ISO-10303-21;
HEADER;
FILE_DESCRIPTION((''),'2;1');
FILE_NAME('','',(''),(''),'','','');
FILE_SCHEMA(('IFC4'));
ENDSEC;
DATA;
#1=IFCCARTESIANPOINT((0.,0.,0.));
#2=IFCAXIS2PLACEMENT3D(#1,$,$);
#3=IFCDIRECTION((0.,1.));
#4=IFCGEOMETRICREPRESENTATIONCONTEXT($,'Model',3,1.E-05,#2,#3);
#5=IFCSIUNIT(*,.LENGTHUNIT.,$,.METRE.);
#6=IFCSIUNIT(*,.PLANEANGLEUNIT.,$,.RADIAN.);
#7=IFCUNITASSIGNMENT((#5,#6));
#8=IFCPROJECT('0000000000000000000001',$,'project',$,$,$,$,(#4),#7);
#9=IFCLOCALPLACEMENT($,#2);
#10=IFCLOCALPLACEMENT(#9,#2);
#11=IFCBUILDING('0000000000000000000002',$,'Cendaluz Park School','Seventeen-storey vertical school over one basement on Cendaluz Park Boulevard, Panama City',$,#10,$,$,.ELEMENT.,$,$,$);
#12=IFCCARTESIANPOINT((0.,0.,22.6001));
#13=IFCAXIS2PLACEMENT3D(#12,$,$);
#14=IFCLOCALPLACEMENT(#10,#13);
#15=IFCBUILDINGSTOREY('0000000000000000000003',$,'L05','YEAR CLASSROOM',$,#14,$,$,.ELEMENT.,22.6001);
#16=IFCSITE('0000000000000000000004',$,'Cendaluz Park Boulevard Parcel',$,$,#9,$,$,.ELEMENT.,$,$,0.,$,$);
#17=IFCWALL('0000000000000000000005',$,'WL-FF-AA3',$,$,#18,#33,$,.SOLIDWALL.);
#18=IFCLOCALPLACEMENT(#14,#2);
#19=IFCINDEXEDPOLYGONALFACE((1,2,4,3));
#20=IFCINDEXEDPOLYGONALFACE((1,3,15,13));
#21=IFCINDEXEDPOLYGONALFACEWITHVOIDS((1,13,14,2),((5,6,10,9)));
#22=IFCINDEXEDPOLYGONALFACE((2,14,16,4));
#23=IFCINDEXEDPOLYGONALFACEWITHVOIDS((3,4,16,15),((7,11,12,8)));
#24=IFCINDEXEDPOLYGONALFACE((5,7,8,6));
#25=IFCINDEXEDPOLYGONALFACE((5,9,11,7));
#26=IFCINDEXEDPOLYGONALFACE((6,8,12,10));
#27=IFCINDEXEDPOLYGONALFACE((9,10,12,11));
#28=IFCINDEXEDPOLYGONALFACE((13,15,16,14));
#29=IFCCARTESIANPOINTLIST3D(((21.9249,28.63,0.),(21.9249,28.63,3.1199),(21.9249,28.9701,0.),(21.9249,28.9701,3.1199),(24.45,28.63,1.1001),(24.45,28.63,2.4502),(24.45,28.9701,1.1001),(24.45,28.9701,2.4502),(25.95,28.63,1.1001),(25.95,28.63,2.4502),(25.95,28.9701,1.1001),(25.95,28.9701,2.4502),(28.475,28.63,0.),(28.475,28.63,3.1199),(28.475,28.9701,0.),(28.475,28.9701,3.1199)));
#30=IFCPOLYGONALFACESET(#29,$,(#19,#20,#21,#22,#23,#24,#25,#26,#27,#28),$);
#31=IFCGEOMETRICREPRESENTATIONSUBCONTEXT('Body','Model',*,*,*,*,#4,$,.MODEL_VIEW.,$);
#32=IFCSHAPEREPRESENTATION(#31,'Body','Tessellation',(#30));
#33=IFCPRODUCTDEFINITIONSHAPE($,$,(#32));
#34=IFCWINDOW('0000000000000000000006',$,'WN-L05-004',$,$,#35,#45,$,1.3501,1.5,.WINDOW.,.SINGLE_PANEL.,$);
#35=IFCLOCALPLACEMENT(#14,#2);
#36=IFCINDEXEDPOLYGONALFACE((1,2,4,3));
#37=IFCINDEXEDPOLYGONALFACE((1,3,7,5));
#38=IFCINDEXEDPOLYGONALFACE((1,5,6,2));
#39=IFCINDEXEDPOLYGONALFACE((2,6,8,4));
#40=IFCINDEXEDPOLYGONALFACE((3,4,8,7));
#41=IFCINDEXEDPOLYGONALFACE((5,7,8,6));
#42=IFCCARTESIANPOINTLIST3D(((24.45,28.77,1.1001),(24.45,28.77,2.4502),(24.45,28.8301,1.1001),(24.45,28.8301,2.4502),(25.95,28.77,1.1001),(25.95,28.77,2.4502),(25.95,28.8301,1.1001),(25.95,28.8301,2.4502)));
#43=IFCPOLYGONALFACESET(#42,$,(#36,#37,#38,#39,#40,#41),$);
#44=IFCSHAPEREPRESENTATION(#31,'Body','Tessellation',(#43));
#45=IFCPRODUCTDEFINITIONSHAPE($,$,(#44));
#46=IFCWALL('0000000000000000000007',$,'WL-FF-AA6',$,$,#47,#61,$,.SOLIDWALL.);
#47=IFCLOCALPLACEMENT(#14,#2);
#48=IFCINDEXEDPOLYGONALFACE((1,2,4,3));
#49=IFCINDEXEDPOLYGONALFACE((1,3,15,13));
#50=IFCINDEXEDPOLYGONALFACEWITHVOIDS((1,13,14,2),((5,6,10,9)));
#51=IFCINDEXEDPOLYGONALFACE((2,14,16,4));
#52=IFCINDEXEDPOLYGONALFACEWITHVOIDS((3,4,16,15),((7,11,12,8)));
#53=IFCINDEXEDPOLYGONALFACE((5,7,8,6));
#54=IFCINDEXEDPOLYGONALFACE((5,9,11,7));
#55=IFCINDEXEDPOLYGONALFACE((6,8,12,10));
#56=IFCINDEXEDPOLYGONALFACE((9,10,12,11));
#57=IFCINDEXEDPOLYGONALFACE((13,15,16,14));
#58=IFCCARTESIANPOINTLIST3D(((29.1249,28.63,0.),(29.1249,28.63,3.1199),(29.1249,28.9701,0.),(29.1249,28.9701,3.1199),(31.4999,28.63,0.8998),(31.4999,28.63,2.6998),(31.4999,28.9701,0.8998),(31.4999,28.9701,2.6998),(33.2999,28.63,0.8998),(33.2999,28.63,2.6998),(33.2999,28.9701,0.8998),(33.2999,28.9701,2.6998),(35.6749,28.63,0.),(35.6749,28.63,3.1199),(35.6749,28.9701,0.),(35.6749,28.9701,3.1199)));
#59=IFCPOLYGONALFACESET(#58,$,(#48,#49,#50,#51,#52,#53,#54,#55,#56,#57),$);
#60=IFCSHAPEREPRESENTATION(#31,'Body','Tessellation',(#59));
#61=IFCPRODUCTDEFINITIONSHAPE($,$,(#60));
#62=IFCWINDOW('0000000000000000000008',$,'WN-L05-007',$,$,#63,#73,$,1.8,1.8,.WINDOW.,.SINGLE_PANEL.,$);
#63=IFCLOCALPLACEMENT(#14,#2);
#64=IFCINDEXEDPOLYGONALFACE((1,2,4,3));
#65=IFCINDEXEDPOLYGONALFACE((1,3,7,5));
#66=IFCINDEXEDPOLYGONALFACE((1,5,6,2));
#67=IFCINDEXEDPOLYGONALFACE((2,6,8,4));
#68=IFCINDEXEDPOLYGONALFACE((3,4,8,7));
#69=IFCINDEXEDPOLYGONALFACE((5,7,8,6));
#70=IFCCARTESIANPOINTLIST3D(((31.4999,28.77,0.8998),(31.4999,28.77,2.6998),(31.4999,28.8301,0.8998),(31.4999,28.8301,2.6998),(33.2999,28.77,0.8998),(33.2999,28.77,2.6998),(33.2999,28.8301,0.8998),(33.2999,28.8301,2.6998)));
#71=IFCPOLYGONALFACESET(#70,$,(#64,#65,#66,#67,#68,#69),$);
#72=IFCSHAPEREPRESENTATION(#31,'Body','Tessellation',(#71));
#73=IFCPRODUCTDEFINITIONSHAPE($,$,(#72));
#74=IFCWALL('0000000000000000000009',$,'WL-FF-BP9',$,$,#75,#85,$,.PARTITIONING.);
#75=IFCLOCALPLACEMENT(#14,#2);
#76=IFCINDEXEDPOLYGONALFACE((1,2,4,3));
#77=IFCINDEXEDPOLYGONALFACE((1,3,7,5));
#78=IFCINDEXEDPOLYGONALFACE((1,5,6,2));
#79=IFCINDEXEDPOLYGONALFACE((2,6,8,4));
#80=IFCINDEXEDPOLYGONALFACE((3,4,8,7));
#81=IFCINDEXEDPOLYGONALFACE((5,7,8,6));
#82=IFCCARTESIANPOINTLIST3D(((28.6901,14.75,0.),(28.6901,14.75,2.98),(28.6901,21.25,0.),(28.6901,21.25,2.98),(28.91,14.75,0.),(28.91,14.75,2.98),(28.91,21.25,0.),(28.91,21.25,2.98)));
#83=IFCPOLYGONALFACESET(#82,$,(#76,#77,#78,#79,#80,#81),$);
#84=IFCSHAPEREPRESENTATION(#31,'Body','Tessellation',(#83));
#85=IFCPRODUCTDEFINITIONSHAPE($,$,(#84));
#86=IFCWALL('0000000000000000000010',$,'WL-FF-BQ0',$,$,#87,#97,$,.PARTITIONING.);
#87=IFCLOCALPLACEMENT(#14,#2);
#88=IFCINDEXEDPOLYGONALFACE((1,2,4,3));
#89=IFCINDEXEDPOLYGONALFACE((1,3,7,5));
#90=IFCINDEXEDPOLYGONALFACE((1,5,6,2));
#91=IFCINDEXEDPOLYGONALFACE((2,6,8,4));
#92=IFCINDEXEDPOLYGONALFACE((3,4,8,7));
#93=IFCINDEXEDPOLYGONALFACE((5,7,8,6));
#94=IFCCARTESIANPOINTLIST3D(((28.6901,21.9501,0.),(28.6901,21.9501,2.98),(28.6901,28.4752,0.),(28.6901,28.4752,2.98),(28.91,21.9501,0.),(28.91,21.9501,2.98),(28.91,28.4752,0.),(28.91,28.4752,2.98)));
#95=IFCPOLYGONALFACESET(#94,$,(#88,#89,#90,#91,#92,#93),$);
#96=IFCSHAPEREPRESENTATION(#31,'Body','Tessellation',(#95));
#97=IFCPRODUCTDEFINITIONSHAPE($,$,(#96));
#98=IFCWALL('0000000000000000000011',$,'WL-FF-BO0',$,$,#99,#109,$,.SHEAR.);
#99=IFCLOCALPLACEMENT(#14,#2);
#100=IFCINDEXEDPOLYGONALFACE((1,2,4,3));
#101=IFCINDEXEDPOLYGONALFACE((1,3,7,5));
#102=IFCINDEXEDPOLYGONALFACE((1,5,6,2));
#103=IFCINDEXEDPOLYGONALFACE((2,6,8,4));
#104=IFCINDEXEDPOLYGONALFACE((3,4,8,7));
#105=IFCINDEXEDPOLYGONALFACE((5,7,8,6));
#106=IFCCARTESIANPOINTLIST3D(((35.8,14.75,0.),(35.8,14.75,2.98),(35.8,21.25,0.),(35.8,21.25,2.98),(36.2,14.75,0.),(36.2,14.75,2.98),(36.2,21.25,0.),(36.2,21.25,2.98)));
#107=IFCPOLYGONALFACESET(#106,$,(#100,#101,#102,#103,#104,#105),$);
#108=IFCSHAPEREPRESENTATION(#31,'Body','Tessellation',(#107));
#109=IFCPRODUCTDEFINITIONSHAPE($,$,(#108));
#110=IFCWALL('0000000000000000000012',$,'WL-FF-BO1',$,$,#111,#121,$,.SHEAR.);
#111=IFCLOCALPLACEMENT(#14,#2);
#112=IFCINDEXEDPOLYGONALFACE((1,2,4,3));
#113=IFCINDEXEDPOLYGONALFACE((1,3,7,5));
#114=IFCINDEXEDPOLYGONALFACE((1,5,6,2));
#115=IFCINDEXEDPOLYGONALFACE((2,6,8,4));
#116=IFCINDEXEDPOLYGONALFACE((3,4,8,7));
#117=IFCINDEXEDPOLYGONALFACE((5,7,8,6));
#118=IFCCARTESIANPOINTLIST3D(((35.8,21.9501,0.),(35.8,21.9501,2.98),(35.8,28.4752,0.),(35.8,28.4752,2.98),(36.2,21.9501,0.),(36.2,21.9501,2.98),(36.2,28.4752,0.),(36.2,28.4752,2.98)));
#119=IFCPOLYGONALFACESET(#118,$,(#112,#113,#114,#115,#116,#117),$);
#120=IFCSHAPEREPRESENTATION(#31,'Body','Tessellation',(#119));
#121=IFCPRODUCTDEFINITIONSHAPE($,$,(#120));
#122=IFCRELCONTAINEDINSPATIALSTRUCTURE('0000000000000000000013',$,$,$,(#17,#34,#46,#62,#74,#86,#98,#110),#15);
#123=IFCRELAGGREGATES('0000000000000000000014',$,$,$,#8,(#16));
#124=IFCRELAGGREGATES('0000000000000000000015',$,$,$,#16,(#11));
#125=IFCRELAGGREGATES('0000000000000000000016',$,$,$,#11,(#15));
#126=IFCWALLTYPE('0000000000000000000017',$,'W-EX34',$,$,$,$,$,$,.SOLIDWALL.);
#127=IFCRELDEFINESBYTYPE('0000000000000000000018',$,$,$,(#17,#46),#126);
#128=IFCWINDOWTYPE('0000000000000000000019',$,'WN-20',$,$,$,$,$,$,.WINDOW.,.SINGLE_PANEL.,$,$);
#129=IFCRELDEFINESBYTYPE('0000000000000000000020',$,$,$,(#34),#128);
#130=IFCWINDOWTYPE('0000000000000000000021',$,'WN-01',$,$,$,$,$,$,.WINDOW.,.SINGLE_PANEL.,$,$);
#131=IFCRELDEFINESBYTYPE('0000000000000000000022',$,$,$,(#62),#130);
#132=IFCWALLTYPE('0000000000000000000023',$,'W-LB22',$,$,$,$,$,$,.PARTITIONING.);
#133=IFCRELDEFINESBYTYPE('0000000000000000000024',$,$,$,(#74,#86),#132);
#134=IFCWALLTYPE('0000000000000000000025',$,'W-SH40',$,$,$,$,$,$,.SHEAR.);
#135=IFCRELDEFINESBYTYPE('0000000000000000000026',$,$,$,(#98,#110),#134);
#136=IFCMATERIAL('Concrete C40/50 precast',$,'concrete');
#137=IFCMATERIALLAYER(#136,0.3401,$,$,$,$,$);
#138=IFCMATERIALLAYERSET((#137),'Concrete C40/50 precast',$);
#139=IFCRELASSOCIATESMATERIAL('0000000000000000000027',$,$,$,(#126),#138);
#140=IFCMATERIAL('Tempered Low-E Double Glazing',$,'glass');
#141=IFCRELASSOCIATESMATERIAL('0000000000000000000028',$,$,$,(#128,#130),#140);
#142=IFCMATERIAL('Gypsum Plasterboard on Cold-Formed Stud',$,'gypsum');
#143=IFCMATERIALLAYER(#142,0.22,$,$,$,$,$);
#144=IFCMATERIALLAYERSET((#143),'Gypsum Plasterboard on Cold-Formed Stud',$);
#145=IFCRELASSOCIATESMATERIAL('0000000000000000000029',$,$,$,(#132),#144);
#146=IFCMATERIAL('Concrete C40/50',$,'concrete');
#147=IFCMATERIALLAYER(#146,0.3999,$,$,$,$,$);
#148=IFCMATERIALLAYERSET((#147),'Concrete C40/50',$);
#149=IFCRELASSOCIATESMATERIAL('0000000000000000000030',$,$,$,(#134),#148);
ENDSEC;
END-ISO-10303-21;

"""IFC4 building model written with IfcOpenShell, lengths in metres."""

from ifc_helpers import new_model, si_unit, direction, frame, frame_2d, origin, place, context, subcontext, project, spatial, rectangle, extrude, material, layer, layer_set, type_object, element, fill, save


model = new_model("IFC4")

# Units and contexts
model_context = context("Model", 3, precision=1e-05, world=origin(), true_north=direction((0.0, 1.0)))
body_context = subcontext(model_context, "Body", "Model", "MODEL_VIEW")
ifc_project = project(units=[si_unit("LENGTHUNIT", "METRE"), si_unit("PLANEANGLEUNIT", "RADIAN")], contexts=[model_context])

# Site, building, storey
site_placement = place(None, origin())
site = spatial("IfcSite", under=ifc_project, at=site_placement, Name="Cendaluz Park Boulevard Parcel", CompositionType="ELEMENT", RefElevation=0.0)
building_placement = place(site_placement, origin())
building = spatial("IfcBuilding", under=site, at=building_placement, Name="Cendaluz Park School", Description="Seventeen-storey vertical school over one basement on Cendaluz Park Boulevard, Panama City", CompositionType="ELEMENT")
storey_placement = place(building_placement, frame((0.0, 0.0, 22.6001)))
storey = spatial("IfcBuildingStorey", under=building, at=storey_placement, Name="L05", Description="YEAR CLASSROOM", CompositionType="ELEMENT", Elevation=22.6001)

# Shared definitions
ifc_material_1 = material(Name="Concrete C40/50", Category="concrete")

# Walls, openings, windows
ifc_material_2 = material(Name="Concrete C40/50 precast", Category="concrete")
ifc_layer_1 = layer(ifc_material_2, 0.3401)
ifc_layer_set_1 = layer_set([ifc_layer_1], Name="Concrete C40/50 precast")
wall_type_1 = type_object("IfcWallType", Name="W-EX34", PredefinedType="SOLIDWALL", material=ifc_layer_set_1)
wall_1_placement = place(storey_placement, frame((21.925, 28.8, 0.0), z_axis=(0.0, 0.0, 1.0), x_axis=(1.0, 0.0, 0.0)))
wall_1 = element("IfcWall", 1, at=wall_1_placement, inside=storey, type_object=wall_type_1, Name="WL-FF-AA3", PredefinedType="SOLIDWALL", context=body_context, shape_type="SweptSolid", body=[
    extrude(rectangle(XDim=6.55, YDim=0.3401, at=frame_2d((3.2749, 0.0))), origin(), (0.0, 0.0, 1.0), 3.1199),
])
opening_1_placement = place(wall_1_placement, frame((2.5249, 0.0, 1.1001)))
opening_1 = element("IfcOpeningElement", 2, at=opening_1_placement, cuts=wall_1, PredefinedType="OPENING", context=body_context, shape_type="SweptSolid", body=[
    extrude(rectangle(XDim=1.5, YDim=1.3501, at=frame_2d((0.75, 0.675))), frame((0.0, 0.1821, 0.0), z_axis=(0.0, -1.0, 0.0), x_axis=(1.0, 0.0, 0.0)), (0.0, 0.0, 1.0), 0.364),
])
ifc_material_3 = material(Name="Tempered Low-E Double Glazing", Category="glass")
window_type_1 = type_object("IfcWindowType", Name="WN-20", PartitioningType="SINGLE_PANEL", PredefinedType="WINDOW", material=ifc_material_3)
window_1_placement = place(opening_1_placement, origin())
window_1 = element("IfcWindow", 3, at=window_1_placement, inside=storey, type_object=window_type_1, Name="WN-L05-004", OverallHeight=1.3501, OverallWidth=1.5, PartitioningType="SINGLE_PANEL", PredefinedType="WINDOW", context=body_context, shape_type="SweptSolid", body=[
    extrude(rectangle(XDim=1.5, YDim=1.3501, at=frame_2d((0.75, 0.675))), frame((0.0, 0.03, 0.0), z_axis=(0.0, -1.0, 0.0), x_axis=(1.0, 0.0, 0.0)), (0.0, 0.0, 1.0), 0.0601),
])
fill(opening_1, window_1)
wall_2_placement = place(storey_placement, frame((29.125, 28.8, 0.0), z_axis=(0.0, 0.0, 1.0), x_axis=(1.0, 0.0, 0.0)))
wall_2 = element("IfcWall", 4, at=wall_2_placement, inside=storey, type_object=wall_type_1, Name="WL-FF-AA6", PredefinedType="SOLIDWALL", context=body_context, shape_type="SweptSolid", body=[
    extrude(rectangle(XDim=6.55, YDim=0.3401, at=frame_2d((3.2749, 0.0))), origin(), (0.0, 0.0, 1.0), 3.1199),
])
opening_2_placement = place(wall_2_placement, frame((2.375, 0.0, 0.8999)))
opening_2 = element("IfcOpeningElement", 5, at=opening_2_placement, cuts=wall_2, PredefinedType="OPENING", context=body_context, shape_type="SweptSolid", body=[
    extrude(rectangle(XDim=1.8, YDim=1.8, at=frame_2d((0.8999, 0.8999))), frame((0.0, 0.1821, 0.0), z_axis=(0.0, -1.0, 0.0), x_axis=(1.0, 0.0, 0.0)), (0.0, 0.0, 1.0), 0.364),
])
window_type_2 = type_object("IfcWindowType", Name="WN-01", PartitioningType="SINGLE_PANEL", PredefinedType="WINDOW", material=ifc_material_3)
window_2_placement = place(opening_2_placement, origin())
window_2 = element("IfcWindow", 6, at=window_2_placement, inside=storey, type_object=window_type_2, Name="WN-L05-007", OverallHeight=1.8, OverallWidth=1.8, PartitioningType="SINGLE_PANEL", PredefinedType="WINDOW", context=body_context, shape_type="SweptSolid", body=[
    extrude(rectangle(XDim=1.8, YDim=1.8, at=frame_2d((0.8999, 0.8999))), frame((0.0, 0.03, 0.0), z_axis=(0.0, -1.0, 0.0), x_axis=(1.0, 0.0, 0.0)), (0.0, 0.0, 1.0), 0.0601),
])
fill(opening_2, window_2)

# Walls
ifc_material_4 = material(Name="Gypsum Plasterboard on Cold-Formed Stud", Category="gypsum")
ifc_layer_2 = layer(ifc_material_4, 0.22)
ifc_layer_set_2 = layer_set([ifc_layer_2], Name="Gypsum Plasterboard on Cold-Formed Stud")
wall_type_2 = type_object("IfcWallType", Name="W-LB22", PredefinedType="PARTITIONING", material=ifc_layer_set_2)
wall_3_placement = place(storey_placement, frame((28.8, 14.75, 0.0), z_axis=(0.0, 0.0, 1.0), x_axis=(0.0, 1.0, 0.0)))
element("IfcWall", 7, at=wall_3_placement, inside=storey, type_object=wall_type_2, Name="WL-FF-BP9", PredefinedType="PARTITIONING", context=body_context, shape_type="SweptSolid", body=[
    extrude(rectangle(XDim=6.5, YDim=0.22, at=frame_2d((3.25, 0.0))), origin(), (0.0, 0.0, 1.0), 2.98),
])
wall_4_placement = place(storey_placement, frame((28.8, 21.95, 0.0), z_axis=(0.0, 0.0, 1.0), x_axis=(0.0, 1.0, 0.0)))
element("IfcWall", 8, at=wall_4_placement, inside=storey, type_object=wall_type_2, Name="WL-FF-BQ0", PredefinedType="PARTITIONING", context=body_context, shape_type="SweptSolid", body=[
    extrude(rectangle(XDim=6.5251, YDim=0.22, at=frame_2d((3.2627, 0.0))), origin(), (0.0, 0.0, 1.0), 2.98),
])
ifc_layer_3 = layer(ifc_material_1, 0.3999)
ifc_layer_set_3 = layer_set([ifc_layer_3], Name="Concrete C40/50")
wall_type_3 = type_object("IfcWallType", Name="W-SH40", PredefinedType="SHEAR", material=ifc_layer_set_3)
wall_5_placement = place(storey_placement, frame((36.0, 14.75, 0.0), z_axis=(0.0, 0.0, 1.0), x_axis=(0.0, 1.0, 0.0)))
element("IfcWall", 9, at=wall_5_placement, inside=storey, type_object=wall_type_3, Name="WL-FF-BO0", PredefinedType="SHEAR", context=body_context, shape_type="SweptSolid", body=[
    extrude(rectangle(XDim=6.5, YDim=0.3999, at=frame_2d((3.25, 0.0))), origin(), (0.0, 0.0, 1.0), 2.98),
])
wall_6_placement = place(storey_placement, frame((36.0, 21.95, 0.0), z_axis=(0.0, 0.0, 1.0), x_axis=(0.0, 1.0, 0.0)))
element("IfcWall", 10, at=wall_6_placement, inside=storey, type_object=wall_type_3, Name="WL-FF-BO1", PredefinedType="SHEAR", context=body_context, shape_type="SweptSolid", body=[
    extrude(rectangle(XDim=6.5251, YDim=0.3999, at=frame_2d((3.2627, 0.0))), origin(), (0.0, 0.0, 1.0), 2.98),
])

save(model, "model.ifc")
